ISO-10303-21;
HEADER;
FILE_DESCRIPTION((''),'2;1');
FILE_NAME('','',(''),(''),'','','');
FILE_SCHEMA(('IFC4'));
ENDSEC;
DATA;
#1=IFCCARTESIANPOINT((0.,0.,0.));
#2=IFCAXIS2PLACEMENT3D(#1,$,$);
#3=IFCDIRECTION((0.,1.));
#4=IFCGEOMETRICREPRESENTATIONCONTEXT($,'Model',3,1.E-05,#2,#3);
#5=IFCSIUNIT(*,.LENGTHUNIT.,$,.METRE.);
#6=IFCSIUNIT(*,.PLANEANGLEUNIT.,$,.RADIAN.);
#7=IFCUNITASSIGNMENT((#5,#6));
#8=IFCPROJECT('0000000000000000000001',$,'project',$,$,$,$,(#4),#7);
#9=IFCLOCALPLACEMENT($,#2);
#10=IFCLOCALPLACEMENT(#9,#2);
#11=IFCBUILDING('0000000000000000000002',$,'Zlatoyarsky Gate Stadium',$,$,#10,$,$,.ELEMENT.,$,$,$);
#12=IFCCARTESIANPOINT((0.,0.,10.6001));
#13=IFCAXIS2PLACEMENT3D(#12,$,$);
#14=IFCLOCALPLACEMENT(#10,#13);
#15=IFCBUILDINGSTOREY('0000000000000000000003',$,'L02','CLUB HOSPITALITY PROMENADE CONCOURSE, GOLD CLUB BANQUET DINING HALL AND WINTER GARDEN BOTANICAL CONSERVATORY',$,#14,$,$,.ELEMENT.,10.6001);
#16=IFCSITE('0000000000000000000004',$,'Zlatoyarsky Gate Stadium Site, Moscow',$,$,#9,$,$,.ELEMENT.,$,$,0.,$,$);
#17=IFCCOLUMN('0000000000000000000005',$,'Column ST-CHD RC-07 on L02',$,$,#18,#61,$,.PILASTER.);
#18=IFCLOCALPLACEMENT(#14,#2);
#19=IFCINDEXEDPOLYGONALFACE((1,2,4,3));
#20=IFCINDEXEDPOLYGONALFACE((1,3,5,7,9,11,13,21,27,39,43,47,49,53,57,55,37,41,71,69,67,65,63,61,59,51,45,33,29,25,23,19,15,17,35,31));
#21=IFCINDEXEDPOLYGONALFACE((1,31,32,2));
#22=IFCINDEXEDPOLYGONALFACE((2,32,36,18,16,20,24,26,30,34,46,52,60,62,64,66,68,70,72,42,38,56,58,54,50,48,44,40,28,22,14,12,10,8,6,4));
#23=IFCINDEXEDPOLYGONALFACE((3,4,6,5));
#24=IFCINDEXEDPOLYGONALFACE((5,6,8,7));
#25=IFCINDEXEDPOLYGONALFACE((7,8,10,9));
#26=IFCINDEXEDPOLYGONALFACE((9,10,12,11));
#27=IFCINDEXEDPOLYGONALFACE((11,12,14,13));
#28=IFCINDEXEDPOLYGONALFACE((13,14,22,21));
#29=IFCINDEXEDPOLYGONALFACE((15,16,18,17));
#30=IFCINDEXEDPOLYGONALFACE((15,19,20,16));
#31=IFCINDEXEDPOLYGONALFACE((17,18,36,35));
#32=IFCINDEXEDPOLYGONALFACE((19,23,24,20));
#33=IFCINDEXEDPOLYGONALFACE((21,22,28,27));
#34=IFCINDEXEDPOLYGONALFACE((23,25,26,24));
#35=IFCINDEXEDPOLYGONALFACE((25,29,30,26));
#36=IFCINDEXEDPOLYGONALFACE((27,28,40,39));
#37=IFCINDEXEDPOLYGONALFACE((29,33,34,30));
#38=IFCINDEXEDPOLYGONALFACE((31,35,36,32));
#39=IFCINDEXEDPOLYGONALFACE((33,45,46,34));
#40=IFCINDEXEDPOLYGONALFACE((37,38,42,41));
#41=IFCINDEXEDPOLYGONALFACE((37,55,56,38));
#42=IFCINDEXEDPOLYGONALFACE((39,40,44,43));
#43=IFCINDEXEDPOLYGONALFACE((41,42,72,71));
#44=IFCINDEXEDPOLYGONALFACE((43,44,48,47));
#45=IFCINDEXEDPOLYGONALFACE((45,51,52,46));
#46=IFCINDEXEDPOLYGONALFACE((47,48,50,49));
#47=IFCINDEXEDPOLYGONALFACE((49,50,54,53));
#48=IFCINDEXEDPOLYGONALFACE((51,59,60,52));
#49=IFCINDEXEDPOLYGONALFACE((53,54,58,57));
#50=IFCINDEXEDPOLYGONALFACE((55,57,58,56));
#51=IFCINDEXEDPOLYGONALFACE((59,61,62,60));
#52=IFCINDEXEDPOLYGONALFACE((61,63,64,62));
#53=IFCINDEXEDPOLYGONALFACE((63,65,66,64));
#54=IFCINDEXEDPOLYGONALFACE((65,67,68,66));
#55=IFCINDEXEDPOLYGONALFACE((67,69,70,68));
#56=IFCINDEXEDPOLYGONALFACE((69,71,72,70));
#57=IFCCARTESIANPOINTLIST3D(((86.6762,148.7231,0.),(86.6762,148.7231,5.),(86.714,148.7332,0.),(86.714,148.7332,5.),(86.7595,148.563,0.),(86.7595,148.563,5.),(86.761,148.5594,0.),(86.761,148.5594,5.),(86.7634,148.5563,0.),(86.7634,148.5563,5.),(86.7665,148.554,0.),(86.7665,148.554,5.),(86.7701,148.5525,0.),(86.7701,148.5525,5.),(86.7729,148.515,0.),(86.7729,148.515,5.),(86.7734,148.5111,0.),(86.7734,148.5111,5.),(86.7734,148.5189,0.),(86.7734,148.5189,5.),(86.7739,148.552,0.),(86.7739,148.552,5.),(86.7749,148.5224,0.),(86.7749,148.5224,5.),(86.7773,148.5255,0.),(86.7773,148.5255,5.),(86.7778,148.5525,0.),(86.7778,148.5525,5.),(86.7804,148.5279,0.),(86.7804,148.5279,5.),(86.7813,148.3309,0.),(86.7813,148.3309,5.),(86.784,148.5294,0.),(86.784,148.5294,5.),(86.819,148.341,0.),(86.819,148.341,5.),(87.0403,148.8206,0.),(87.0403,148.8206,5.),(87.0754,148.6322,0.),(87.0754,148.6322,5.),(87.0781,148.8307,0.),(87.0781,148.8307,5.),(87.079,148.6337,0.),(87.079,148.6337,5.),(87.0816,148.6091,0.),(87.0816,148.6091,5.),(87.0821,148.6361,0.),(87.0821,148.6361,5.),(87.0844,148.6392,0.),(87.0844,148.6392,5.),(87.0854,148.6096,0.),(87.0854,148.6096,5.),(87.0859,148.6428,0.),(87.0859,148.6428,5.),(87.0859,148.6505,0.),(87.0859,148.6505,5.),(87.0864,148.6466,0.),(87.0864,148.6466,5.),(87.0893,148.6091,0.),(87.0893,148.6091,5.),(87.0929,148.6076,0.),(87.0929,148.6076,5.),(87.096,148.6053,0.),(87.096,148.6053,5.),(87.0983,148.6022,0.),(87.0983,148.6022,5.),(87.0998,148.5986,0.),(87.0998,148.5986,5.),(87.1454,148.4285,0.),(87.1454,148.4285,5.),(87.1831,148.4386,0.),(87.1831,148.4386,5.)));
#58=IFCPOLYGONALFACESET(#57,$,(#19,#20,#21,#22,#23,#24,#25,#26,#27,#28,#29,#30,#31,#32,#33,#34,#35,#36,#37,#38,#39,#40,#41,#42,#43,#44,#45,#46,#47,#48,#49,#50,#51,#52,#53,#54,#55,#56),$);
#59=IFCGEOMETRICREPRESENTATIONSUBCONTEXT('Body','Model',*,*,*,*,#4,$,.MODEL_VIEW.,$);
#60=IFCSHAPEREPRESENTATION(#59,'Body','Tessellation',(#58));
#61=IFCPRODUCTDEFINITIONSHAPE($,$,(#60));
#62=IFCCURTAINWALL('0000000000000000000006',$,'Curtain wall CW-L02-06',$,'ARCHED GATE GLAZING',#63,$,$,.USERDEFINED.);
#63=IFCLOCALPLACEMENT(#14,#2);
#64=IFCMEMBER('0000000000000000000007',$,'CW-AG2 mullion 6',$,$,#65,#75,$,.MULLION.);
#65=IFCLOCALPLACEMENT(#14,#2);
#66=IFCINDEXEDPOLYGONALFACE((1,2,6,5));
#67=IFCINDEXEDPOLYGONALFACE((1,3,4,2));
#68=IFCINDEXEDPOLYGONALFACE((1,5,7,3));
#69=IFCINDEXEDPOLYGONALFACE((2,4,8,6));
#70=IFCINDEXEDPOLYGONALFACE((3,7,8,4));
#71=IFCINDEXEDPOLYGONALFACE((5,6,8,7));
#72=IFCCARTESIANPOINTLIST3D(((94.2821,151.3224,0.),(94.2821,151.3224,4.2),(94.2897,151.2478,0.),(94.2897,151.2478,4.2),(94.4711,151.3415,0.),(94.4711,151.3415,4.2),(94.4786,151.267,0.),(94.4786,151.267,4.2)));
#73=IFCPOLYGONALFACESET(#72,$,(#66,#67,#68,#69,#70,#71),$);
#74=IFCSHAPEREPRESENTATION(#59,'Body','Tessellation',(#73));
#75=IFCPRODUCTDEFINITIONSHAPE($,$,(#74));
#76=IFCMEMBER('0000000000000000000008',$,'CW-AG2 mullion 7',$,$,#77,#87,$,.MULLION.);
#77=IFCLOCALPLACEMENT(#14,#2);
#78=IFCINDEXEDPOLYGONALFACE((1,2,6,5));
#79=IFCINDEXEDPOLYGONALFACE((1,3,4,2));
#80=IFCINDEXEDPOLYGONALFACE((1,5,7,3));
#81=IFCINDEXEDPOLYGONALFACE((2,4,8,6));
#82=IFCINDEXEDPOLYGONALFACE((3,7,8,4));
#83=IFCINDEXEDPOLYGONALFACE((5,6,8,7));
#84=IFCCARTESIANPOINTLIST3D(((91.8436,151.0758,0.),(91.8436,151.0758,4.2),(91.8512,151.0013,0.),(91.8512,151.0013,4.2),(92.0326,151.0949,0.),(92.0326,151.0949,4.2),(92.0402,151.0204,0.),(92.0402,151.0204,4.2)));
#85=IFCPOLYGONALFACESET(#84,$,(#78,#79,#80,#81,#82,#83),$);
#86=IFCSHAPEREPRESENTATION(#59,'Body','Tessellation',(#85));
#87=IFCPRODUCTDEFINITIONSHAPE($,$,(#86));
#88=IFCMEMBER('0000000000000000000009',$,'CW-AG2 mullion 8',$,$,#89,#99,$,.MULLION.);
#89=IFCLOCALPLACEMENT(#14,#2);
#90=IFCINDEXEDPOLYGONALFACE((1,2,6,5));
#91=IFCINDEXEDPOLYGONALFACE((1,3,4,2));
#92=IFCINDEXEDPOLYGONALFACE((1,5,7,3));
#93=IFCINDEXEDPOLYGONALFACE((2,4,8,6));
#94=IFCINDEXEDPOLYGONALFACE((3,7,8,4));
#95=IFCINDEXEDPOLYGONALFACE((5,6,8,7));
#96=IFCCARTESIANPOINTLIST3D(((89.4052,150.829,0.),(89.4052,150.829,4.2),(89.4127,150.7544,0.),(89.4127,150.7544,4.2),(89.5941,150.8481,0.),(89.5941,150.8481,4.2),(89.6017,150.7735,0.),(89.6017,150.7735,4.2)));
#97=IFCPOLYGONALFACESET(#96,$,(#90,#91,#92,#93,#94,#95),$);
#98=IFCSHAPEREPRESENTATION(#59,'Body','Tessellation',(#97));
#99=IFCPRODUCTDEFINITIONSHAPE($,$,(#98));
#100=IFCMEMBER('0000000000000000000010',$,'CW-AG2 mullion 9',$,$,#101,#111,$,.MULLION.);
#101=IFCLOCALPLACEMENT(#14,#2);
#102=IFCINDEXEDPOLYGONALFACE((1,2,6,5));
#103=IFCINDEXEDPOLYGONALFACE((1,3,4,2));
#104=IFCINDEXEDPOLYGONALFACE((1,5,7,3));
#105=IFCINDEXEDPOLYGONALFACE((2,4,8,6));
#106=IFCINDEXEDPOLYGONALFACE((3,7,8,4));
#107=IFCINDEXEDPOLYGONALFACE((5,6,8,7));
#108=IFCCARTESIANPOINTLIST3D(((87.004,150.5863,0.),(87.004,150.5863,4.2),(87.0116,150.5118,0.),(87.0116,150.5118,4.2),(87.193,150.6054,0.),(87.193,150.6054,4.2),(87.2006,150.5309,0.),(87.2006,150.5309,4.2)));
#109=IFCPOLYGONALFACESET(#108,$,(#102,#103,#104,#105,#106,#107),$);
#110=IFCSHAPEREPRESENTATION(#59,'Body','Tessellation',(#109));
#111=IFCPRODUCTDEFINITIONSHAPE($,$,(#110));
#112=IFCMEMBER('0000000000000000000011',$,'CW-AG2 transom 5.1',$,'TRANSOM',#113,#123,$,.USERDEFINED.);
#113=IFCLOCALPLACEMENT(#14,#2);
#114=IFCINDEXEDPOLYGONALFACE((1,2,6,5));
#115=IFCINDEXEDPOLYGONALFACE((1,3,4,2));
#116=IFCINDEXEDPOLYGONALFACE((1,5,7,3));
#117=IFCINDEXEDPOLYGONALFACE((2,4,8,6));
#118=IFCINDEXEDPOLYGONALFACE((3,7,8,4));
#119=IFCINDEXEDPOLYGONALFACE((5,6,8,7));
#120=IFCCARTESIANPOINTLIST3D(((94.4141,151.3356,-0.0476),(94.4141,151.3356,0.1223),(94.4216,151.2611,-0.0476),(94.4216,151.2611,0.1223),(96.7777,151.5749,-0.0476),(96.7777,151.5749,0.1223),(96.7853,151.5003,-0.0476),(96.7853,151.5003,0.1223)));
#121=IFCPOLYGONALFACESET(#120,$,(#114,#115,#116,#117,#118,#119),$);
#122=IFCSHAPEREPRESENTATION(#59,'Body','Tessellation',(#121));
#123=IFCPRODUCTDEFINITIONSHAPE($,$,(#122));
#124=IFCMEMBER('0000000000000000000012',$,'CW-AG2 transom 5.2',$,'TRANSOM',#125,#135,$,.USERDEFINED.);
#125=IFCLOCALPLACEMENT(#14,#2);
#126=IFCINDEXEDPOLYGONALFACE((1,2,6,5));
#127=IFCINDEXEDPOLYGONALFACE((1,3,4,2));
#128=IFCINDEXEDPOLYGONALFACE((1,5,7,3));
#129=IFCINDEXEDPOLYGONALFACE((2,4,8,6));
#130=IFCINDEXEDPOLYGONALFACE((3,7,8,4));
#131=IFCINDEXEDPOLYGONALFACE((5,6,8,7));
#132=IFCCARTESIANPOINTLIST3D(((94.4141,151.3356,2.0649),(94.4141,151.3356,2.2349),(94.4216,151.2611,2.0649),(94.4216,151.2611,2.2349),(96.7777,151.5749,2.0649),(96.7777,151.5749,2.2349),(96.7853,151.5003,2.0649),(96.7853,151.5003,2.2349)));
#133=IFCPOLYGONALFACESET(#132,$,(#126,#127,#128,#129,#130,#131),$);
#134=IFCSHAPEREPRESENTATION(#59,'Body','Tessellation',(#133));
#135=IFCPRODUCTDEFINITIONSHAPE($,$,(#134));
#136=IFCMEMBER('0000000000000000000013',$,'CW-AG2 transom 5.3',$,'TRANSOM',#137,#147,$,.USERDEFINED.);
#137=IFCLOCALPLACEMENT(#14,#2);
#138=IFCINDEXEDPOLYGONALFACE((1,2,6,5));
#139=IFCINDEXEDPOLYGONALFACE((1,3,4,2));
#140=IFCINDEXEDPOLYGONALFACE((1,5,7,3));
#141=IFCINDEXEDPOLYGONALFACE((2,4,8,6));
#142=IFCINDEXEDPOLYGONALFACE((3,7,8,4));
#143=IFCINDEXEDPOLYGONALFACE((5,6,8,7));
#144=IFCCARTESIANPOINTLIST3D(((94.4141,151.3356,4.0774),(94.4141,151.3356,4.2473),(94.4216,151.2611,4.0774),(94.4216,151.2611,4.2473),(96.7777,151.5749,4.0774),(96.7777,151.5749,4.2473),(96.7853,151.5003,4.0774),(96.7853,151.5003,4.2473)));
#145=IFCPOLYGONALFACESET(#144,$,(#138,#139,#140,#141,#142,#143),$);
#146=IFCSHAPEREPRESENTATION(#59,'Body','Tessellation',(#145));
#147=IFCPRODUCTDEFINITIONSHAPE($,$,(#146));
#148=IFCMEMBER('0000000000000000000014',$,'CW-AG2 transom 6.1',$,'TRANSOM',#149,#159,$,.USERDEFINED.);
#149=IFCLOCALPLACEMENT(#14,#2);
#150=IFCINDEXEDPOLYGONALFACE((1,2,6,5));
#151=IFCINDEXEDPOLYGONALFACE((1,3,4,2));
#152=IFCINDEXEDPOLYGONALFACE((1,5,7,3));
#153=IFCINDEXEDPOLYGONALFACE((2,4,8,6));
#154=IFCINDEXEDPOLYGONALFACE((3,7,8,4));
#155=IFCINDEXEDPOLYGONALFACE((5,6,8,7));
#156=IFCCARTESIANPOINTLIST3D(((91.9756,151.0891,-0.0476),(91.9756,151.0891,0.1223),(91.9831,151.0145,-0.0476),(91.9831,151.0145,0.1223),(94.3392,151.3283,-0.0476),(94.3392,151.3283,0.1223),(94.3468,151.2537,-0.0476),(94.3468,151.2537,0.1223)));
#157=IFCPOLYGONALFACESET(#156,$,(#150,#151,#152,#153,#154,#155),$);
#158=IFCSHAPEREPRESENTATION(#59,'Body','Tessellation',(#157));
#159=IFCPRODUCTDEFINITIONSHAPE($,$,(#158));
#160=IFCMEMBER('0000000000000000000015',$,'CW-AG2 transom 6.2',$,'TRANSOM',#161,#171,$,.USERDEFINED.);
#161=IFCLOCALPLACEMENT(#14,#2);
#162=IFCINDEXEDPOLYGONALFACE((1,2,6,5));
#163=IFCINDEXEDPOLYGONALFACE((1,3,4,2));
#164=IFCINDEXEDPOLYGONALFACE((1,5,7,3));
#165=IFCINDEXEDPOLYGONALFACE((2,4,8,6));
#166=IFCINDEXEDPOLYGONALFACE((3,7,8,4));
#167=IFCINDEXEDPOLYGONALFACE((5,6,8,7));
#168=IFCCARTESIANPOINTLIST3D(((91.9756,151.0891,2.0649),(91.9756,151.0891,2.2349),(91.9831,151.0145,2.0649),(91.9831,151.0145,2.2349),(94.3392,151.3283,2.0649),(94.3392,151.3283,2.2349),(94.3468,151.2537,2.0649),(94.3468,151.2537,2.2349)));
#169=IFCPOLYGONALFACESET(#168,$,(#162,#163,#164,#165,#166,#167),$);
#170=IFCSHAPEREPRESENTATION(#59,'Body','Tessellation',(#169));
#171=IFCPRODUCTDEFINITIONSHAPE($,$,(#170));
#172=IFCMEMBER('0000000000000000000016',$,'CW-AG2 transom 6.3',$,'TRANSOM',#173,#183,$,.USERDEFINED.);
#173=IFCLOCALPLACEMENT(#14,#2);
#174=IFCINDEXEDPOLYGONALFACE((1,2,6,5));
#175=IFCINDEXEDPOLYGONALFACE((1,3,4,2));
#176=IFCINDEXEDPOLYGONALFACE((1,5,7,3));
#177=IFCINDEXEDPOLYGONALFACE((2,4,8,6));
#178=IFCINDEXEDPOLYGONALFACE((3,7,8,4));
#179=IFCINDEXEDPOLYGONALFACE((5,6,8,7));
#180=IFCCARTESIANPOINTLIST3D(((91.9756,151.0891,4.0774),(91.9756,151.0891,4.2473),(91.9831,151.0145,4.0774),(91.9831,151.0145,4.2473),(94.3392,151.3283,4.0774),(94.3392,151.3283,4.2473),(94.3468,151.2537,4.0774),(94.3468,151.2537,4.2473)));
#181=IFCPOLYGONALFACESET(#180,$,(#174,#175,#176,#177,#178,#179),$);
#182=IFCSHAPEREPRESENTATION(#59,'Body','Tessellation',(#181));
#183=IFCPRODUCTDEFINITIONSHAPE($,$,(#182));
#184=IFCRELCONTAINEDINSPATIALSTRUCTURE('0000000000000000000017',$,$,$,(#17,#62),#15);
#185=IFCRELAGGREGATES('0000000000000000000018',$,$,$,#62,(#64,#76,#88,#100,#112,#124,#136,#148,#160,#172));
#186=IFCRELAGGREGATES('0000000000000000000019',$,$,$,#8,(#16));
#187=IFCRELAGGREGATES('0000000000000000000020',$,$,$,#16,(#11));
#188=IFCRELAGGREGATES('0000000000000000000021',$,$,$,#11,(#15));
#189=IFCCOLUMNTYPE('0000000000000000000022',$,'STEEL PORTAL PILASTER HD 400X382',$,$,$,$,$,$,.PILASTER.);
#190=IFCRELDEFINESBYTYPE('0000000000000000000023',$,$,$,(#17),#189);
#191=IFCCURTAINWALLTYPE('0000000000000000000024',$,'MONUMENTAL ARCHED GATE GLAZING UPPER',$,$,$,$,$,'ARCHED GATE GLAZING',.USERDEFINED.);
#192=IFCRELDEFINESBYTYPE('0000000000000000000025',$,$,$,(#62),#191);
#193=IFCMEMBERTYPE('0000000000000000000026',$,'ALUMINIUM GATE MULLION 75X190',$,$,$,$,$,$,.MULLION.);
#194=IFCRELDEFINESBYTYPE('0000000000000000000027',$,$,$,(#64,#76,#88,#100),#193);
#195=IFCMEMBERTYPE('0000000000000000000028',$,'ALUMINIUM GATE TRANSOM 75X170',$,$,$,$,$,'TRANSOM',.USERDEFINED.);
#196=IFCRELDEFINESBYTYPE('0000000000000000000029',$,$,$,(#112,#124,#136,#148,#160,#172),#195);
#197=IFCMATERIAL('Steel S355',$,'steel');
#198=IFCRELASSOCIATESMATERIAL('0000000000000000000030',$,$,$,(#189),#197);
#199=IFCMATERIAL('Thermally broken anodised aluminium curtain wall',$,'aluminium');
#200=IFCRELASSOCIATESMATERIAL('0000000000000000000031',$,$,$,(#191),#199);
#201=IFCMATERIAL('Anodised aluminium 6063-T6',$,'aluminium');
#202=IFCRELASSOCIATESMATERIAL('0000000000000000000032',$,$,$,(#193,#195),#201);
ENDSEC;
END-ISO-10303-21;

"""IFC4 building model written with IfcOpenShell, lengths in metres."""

from ifc_helpers import new_model, si_unit, direction, frame, origin, origin_2d, place, context, subcontext, project, spatial, rectangle, i_section, extrude, material, material_profile, profile_set, type_object, element, aggregate, save


model = new_model("IFC4")

# Units and contexts
model_context = context("Model", 3, precision=1e-05, world=origin(), true_north=direction((0.0, 1.0)))
body_context = subcontext(model_context, "Body", "Model", "MODEL_VIEW")
ifc_project = project(units=[si_unit("LENGTHUNIT", "METRE"), si_unit("PLANEANGLEUNIT", "RADIAN")], contexts=[model_context])

# Site, building, storey
site_placement = place(None, origin())
site = spatial("IfcSite", under=ifc_project, at=site_placement, Name="Zlatoyarsky Gate Stadium Site, Moscow", CompositionType="ELEMENT", RefElevation=0.0)
building_placement = place(site_placement, origin())
building = spatial("IfcBuilding", under=site, at=building_placement, Name="Zlatoyarsky Gate Stadium", CompositionType="ELEMENT")
storey_placement = place(building_placement, frame((0.0, 0.0, 10.6001)))
storey = spatial("IfcBuildingStorey", under=building, at=storey_placement, Name="L02", Description="CLUB HOSPITALITY PROMENADE CONCOURSE, GOLD CLUB BANQUET DINING HALL AND WINTER GARDEN BOTANICAL CONSERVATORY", CompositionType="ELEMENT", Elevation=10.6001)

# Column
ifc_material_1 = material(Name="Steel S355", Category="steel")
ifc_material_profile_1 = material_profile(ifc_material_1, i_section(OverallWidth=0.406, OverallDepth=0.416, WebThickness=0.0239, FlangeThickness=0.0391, FilletRadius=0.0149, at=origin_2d()), Name="HD 400X382")
ifc_profile_set_1 = profile_set([ifc_material_profile_1], Name="Steel S355")
column_type = type_object("IfcColumnType", Name="STEEL PORTAL PILASTER HD 400X382", PredefinedType="PILASTER", material=ifc_profile_set_1)
column_placement = place(storey_placement, frame((86.9297, 148.5808, 0.0), z_axis=(0.0, 0.0, 1.0), x_axis=(-0.258819, 0.965926, 0.0)))
element("IfcColumn", 1, at=column_placement, inside=storey, type_object=column_type, Name="Column ST-CHD RC-07 on L02", PredefinedType="PILASTER", context=body_context, shape_type="SweptSolid", body=[
    extrude(i_section(OverallWidth=0.406, OverallDepth=0.416, WebThickness=0.0239, FlangeThickness=0.0391, FilletRadius=0.0149, at=origin_2d()), origin(), (0.0, 0.0, 1.0), 5.0),
])

# Curtain wall, members
ifc_material_2 = material(Name="Thermally broken anodised aluminium curtain wall", Category="aluminium")
curtain_wall_type = type_object("IfcCurtainWallType", Name="MONUMENTAL ARCHED GATE GLAZING UPPER", ElementType="ARCHED GATE GLAZING", PredefinedType="USERDEFINED", material=ifc_material_2)
curtain_wall_placement = place(storey_placement, origin())
curtain_wall = element("IfcCurtainWall", 2, at=curtain_wall_placement, inside=storey, type_object=curtain_wall_type, Name="Curtain wall CW-L02-06", ObjectType="ARCHED GATE GLAZING", PredefinedType="USERDEFINED")
ifc_material_3 = material(Name="Anodised aluminium 6063-T6", Category="aluminium")
ifc_material_profile_2 = material_profile(ifc_material_3, rectangle(XDim=0.075, YDim=0.1899, at=origin_2d()), Name="ALU 75X190")
ifc_profile_set_2 = profile_set([ifc_material_profile_2], Name="Anodised aluminium 6063-T6")
member_type_1 = type_object("IfcMemberType", Name="ALUMINIUM GATE MULLION 75X190", PredefinedType="MULLION", material=ifc_profile_set_2)
member_1_placement = place(storey_placement, frame((94.3804, 151.2947, 0.0), z_axis=(0.0, 0.0, 1.0), x_axis=(0.100642, -0.994923, 0.0)))
member_1 = element("IfcMember", 3, at=member_1_placement, type_object=member_type_1, Name="CW-AG2 mullion 6", PredefinedType="MULLION", context=body_context, shape_type="SweptSolid", body=[
    extrude(rectangle(XDim=0.075, YDim=0.1899, at=origin_2d()), origin(), (0.0, 0.0, 1.0), 4.2),
])
member_2_placement = place(storey_placement, frame((91.9419, 151.0481, 0.0), z_axis=(0.0, 0.0, 1.0), x_axis=(0.100642, -0.994923, 0.0)))
member_2 = element("IfcMember", 4, at=member_2_placement, type_object=member_type_1, Name="CW-AG2 mullion 7", PredefinedType="MULLION", context=body_context, shape_type="SweptSolid", body=[
    extrude(rectangle(XDim=0.075, YDim=0.1899, at=origin_2d()), origin(), (0.0, 0.0, 1.0), 4.2),
])
member_3_placement = place(storey_placement, frame((89.5034, 150.8013, 0.0), z_axis=(0.0, 0.0, 1.0), x_axis=(0.100642, -0.994923, 0.0)))
member_3 = element("IfcMember", 5, at=member_3_placement, type_object=member_type_1, Name="CW-AG2 mullion 8", PredefinedType="MULLION", context=body_context, shape_type="SweptSolid", body=[
    extrude(rectangle(XDim=0.075, YDim=0.1899, at=origin_2d()), origin(), (0.0, 0.0, 1.0), 4.2),
])
member_4_placement = place(storey_placement, frame((87.1023, 150.5586, 0.0), z_axis=(0.0, 0.0, 1.0), x_axis=(0.100642, -0.994923, 0.0)))
member_4 = element("IfcMember", 6, at=member_4_placement, type_object=member_type_1, Name="CW-AG2 mullion 9", PredefinedType="MULLION", context=body_context, shape_type="SweptSolid", body=[
    extrude(rectangle(XDim=0.075, YDim=0.1899, at=origin_2d()), origin(), (0.0, 0.0, 1.0), 4.2),
])
ifc_material_profile_3 = material_profile(ifc_material_3, rectangle(XDim=0.075, YDim=0.1699, at=origin_2d()), Name="ALU 75X170")
ifc_profile_set_3 = profile_set([ifc_material_profile_3], Name="Anodised aluminium 6063-T6")
member_type_2 = type_object("IfcMemberType", Name="ALUMINIUM GATE TRANSOM 75X170", ElementType="TRANSOM", PredefinedType="USERDEFINED", material=ifc_profile_set_3)
member_5_placement = place(storey_placement, frame((96.7815, 151.5376, 0.0374), z_axis=(-0.994916, -0.100704, 0.0), x_axis=(0.100704, -0.994916, 0.0)))
member_5 = element("IfcMember", 7, at=member_5_placement, type_object=member_type_2, Name="CW-AG2 transom 5.1", ObjectType="TRANSOM", PredefinedType="USERDEFINED", context=body_context, shape_type="SweptSolid", body=[
    extrude(rectangle(XDim=0.075, YDim=0.1699, at=origin_2d()), origin(), (0.0, 0.0, 1.0), 2.3757),
])
member_6_placement = place(storey_placement, frame((96.7815, 151.5376, 2.1499), z_axis=(-0.994916, -0.100704, 0.0), x_axis=(0.100704, -0.994916, 0.0)))
member_6 = element("IfcMember", 8, at=member_6_placement, type_object=member_type_2, Name="CW-AG2 transom 5.2", ObjectType="TRANSOM", PredefinedType="USERDEFINED", context=body_context, shape_type="SweptSolid", body=[
    extrude(rectangle(XDim=0.075, YDim=0.1699, at=origin_2d()), origin(), (0.0, 0.0, 1.0), 2.3757),
])
member_7_placement = place(storey_placement, frame((96.7815, 151.5376, 4.1624), z_axis=(-0.994916, -0.100704, 0.0), x_axis=(0.100704, -0.994916, 0.0)))
member_7 = element("IfcMember", 9, at=member_7_placement, type_object=member_type_2, Name="CW-AG2 transom 5.3", ObjectType="TRANSOM", PredefinedType="USERDEFINED", context=body_context, shape_type="SweptSolid", body=[
    extrude(rectangle(XDim=0.075, YDim=0.1699, at=origin_2d()), origin(), (0.0, 0.0, 1.0), 2.3757),
])
member_8_placement = place(storey_placement, frame((94.343, 151.291, 0.0374), z_axis=(-0.994916, -0.100704, 0.0), x_axis=(0.100704, -0.994916, 0.0)))
member_8 = element("IfcMember", 10, at=member_8_placement, type_object=member_type_2, Name="CW-AG2 transom 6.1", ObjectType="TRANSOM", PredefinedType="USERDEFINED", context=body_context, shape_type="SweptSolid", body=[
    extrude(rectangle(XDim=0.075, YDim=0.1699, at=origin_2d()), origin(), (0.0, 0.0, 1.0), 2.3757),
])
member_9_placement = place(storey_placement, frame((94.343, 151.291, 2.1499), z_axis=(-0.994916, -0.100704, 0.0), x_axis=(0.100704, -0.994916, 0.0)))
member_9 = element("IfcMember", 11, at=member_9_placement, type_object=member_type_2, Name="CW-AG2 transom 6.2", ObjectType="TRANSOM", PredefinedType="USERDEFINED", context=body_context, shape_type="SweptSolid", body=[
    extrude(rectangle(XDim=0.075, YDim=0.1699, at=origin_2d()), origin(), (0.0, 0.0, 1.0), 2.3757),
])
member_10_placement = place(storey_placement, frame((94.343, 151.291, 4.1624), z_axis=(-0.994916, -0.100704, 0.0), x_axis=(0.100704, -0.994916, 0.0)))
member_10 = element("IfcMember", 12, at=member_10_placement, type_object=member_type_2, Name="CW-AG2 transom 6.3", ObjectType="TRANSOM", PredefinedType="USERDEFINED", context=body_context, shape_type="SweptSolid", body=[
    extrude(rectangle(XDim=0.075, YDim=0.1699, at=origin_2d()), origin(), (0.0, 0.0, 1.0), 2.3757),
])
aggregate(curtain_wall, [member_1, member_2, member_3, member_4, member_5, member_6, member_7, member_8, member_9, member_10])

save(model, "model.ifc")
